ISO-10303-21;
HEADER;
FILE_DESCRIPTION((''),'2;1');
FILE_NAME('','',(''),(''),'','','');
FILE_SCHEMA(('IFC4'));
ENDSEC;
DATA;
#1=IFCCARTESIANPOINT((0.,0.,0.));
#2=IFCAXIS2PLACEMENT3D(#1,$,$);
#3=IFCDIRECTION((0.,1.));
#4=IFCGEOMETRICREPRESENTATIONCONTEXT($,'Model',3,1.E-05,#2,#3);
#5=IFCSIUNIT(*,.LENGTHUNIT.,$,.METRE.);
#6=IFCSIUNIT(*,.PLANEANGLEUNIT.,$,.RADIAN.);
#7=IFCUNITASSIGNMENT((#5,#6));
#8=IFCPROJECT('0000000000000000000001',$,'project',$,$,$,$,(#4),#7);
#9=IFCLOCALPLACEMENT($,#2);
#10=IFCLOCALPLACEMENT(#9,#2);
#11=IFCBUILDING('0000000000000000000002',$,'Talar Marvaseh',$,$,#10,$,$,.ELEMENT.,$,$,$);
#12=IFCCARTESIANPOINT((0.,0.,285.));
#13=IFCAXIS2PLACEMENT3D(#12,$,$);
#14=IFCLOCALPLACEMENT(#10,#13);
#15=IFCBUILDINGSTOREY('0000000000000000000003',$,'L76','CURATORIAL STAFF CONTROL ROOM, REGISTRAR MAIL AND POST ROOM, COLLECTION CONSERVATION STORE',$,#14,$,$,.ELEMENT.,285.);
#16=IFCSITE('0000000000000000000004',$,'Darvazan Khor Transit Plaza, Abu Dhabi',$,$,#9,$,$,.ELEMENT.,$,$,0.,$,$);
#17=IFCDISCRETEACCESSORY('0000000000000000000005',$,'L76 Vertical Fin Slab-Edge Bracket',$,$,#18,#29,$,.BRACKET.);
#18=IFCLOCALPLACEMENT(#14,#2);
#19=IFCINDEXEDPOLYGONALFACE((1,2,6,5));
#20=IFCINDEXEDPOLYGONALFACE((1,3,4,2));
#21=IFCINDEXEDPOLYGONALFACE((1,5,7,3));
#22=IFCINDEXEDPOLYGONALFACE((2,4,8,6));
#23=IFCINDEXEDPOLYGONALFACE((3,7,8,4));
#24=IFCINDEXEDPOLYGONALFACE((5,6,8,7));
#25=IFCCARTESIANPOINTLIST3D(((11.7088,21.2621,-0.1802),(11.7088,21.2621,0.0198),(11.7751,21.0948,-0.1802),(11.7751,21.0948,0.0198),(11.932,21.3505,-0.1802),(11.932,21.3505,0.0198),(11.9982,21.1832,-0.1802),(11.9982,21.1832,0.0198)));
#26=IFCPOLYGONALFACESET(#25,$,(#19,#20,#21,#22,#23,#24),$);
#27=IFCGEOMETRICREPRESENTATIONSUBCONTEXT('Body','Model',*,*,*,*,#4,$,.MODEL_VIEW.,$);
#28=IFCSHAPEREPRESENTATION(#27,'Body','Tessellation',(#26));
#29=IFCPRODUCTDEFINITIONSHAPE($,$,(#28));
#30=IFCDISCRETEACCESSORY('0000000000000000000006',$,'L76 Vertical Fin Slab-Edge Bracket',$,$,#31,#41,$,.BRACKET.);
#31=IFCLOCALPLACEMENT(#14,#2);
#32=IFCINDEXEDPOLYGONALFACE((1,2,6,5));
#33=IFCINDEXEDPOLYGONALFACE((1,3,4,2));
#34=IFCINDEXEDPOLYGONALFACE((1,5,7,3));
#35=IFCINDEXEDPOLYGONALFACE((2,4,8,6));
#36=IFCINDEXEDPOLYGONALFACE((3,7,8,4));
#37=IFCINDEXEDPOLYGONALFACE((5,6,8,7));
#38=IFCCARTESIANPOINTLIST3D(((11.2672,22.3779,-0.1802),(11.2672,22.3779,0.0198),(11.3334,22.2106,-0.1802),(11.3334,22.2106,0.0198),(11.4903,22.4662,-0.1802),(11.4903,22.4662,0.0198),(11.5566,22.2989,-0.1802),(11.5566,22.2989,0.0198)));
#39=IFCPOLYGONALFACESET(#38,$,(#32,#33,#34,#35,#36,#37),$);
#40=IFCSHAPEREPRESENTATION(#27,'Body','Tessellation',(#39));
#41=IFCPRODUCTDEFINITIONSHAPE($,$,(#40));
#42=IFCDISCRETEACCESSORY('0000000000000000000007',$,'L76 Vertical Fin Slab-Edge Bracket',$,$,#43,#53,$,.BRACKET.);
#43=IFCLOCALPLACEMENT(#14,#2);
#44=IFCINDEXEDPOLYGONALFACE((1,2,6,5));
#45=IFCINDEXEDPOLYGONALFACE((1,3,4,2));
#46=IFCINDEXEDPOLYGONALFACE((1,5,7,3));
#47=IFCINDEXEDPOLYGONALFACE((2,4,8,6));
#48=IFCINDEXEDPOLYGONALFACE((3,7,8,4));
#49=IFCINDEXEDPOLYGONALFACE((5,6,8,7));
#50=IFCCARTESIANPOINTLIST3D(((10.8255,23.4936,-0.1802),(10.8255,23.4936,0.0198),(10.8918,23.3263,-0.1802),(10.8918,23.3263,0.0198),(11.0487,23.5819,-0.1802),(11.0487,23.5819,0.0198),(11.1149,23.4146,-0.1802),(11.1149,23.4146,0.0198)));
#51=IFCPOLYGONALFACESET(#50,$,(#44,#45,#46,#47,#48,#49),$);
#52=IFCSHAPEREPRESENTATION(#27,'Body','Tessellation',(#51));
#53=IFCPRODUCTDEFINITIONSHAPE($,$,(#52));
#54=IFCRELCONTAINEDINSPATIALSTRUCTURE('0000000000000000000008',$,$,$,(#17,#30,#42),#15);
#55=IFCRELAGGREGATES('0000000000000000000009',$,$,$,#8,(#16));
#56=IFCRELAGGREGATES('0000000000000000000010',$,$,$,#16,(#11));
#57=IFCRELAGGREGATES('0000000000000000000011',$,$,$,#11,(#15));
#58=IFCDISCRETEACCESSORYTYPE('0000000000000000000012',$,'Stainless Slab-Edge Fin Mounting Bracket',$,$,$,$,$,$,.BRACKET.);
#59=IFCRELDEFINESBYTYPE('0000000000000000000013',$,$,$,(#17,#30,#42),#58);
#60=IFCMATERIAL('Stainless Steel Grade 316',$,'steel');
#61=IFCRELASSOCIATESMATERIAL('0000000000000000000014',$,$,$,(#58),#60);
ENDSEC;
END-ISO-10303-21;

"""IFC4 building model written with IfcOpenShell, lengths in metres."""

from ifc_helpers import new_model, si_unit, direction, frame, origin, origin_2d, place, context, subcontext, project, spatial, rectangle, extrude, source, transform, mapped, material, type_object, type_shapes, element, save


model = new_model("IFC4")

# Units and contexts
model_context = context("Model", 3, precision=1e-05, world=origin(), true_north=direction((0.0, 1.0)))
body_context = subcontext(model_context, "Body", "Model", "MODEL_VIEW")
ifc_project = project(units=[si_unit("LENGTHUNIT", "METRE"), si_unit("PLANEANGLEUNIT", "RADIAN")], contexts=[model_context])

# Site, building, storey
site_placement = place(None, origin())
site = spatial("IfcSite", under=ifc_project, at=site_placement, Name="Darvazan Khor Transit Plaza, Abu Dhabi", CompositionType="ELEMENT", RefElevation=0.0)
building_placement = place(site_placement, origin())
building = spatial("IfcBuilding", under=site, at=building_placement, Name="Talar Marvaseh", CompositionType="ELEMENT")
storey_placement = place(building_placement, frame((0.0, 0.0, 285.0)))
storey = spatial("IfcBuildingStorey", under=building, at=storey_placement, Name="L76", Description="CURATORIAL STAFF CONTROL ROOM, REGISTRAR MAIL AND POST ROOM, COLLECTION CONSERVATION STORE", CompositionType="ELEMENT", Elevation=285.0)

# Discrete accessories
ifc_material_1 = material(Name="Stainless Steel Grade 316", Category="steel")
discrete_accessory_type = type_object("IfcDiscreteAccessoryType", Name="Stainless Slab-Edge Fin Mounting Bracket", PredefinedType="BRACKET", material=ifc_material_1)
shared_shape_1 = source(origin(), body_context, "Body", "SweptSolid", [
    extrude(rectangle(XDim=0.24, YDim=0.1799, at=origin_2d()), origin(), (0.0, 0.0, 1.0), 0.2),
])
type_shapes(discrete_accessory_type, [shared_shape_1])
for number, where, z_axis, x_axis, name in (
    (1, (11.8535, 21.2227, -0.1802), (0.0, 0.0, 1.0), (-0.929776, -0.368125, 0.0), "L76 Vertical Fin Slab-Edge Bracket"),
    (2, (11.4119, 22.3384, -0.1802), (0.0, 0.0, 1.0), (-0.929776, -0.368125, 0.0), "L76 Vertical Fin Slab-Edge Bracket"),
    (3, (10.9702, 23.4541, -0.1802), (0.0, 0.0, 1.0), (-0.929776, -0.368125, 0.0), "L76 Vertical Fin Slab-Edge Bracket"),
):
    element("IfcDiscreteAccessory", number, at=place(storey_placement, frame(where, z_axis=z_axis, x_axis=x_axis)), inside=storey, type_object=discrete_accessory_type, Name=name, PredefinedType="BRACKET", context=body_context, shape_type="MappedRepresentation", body=[
        mapped(shared_shape_1, transform((0.0, 0.0, 0.0), x_axis=(1.0, 0.0, 0.0), y_axis=(0.0, 1.0, 0.0), z_axis=(0.0, 0.0, 1.0), scale=1.0)),
    ])

save(model, "model.ifc")
